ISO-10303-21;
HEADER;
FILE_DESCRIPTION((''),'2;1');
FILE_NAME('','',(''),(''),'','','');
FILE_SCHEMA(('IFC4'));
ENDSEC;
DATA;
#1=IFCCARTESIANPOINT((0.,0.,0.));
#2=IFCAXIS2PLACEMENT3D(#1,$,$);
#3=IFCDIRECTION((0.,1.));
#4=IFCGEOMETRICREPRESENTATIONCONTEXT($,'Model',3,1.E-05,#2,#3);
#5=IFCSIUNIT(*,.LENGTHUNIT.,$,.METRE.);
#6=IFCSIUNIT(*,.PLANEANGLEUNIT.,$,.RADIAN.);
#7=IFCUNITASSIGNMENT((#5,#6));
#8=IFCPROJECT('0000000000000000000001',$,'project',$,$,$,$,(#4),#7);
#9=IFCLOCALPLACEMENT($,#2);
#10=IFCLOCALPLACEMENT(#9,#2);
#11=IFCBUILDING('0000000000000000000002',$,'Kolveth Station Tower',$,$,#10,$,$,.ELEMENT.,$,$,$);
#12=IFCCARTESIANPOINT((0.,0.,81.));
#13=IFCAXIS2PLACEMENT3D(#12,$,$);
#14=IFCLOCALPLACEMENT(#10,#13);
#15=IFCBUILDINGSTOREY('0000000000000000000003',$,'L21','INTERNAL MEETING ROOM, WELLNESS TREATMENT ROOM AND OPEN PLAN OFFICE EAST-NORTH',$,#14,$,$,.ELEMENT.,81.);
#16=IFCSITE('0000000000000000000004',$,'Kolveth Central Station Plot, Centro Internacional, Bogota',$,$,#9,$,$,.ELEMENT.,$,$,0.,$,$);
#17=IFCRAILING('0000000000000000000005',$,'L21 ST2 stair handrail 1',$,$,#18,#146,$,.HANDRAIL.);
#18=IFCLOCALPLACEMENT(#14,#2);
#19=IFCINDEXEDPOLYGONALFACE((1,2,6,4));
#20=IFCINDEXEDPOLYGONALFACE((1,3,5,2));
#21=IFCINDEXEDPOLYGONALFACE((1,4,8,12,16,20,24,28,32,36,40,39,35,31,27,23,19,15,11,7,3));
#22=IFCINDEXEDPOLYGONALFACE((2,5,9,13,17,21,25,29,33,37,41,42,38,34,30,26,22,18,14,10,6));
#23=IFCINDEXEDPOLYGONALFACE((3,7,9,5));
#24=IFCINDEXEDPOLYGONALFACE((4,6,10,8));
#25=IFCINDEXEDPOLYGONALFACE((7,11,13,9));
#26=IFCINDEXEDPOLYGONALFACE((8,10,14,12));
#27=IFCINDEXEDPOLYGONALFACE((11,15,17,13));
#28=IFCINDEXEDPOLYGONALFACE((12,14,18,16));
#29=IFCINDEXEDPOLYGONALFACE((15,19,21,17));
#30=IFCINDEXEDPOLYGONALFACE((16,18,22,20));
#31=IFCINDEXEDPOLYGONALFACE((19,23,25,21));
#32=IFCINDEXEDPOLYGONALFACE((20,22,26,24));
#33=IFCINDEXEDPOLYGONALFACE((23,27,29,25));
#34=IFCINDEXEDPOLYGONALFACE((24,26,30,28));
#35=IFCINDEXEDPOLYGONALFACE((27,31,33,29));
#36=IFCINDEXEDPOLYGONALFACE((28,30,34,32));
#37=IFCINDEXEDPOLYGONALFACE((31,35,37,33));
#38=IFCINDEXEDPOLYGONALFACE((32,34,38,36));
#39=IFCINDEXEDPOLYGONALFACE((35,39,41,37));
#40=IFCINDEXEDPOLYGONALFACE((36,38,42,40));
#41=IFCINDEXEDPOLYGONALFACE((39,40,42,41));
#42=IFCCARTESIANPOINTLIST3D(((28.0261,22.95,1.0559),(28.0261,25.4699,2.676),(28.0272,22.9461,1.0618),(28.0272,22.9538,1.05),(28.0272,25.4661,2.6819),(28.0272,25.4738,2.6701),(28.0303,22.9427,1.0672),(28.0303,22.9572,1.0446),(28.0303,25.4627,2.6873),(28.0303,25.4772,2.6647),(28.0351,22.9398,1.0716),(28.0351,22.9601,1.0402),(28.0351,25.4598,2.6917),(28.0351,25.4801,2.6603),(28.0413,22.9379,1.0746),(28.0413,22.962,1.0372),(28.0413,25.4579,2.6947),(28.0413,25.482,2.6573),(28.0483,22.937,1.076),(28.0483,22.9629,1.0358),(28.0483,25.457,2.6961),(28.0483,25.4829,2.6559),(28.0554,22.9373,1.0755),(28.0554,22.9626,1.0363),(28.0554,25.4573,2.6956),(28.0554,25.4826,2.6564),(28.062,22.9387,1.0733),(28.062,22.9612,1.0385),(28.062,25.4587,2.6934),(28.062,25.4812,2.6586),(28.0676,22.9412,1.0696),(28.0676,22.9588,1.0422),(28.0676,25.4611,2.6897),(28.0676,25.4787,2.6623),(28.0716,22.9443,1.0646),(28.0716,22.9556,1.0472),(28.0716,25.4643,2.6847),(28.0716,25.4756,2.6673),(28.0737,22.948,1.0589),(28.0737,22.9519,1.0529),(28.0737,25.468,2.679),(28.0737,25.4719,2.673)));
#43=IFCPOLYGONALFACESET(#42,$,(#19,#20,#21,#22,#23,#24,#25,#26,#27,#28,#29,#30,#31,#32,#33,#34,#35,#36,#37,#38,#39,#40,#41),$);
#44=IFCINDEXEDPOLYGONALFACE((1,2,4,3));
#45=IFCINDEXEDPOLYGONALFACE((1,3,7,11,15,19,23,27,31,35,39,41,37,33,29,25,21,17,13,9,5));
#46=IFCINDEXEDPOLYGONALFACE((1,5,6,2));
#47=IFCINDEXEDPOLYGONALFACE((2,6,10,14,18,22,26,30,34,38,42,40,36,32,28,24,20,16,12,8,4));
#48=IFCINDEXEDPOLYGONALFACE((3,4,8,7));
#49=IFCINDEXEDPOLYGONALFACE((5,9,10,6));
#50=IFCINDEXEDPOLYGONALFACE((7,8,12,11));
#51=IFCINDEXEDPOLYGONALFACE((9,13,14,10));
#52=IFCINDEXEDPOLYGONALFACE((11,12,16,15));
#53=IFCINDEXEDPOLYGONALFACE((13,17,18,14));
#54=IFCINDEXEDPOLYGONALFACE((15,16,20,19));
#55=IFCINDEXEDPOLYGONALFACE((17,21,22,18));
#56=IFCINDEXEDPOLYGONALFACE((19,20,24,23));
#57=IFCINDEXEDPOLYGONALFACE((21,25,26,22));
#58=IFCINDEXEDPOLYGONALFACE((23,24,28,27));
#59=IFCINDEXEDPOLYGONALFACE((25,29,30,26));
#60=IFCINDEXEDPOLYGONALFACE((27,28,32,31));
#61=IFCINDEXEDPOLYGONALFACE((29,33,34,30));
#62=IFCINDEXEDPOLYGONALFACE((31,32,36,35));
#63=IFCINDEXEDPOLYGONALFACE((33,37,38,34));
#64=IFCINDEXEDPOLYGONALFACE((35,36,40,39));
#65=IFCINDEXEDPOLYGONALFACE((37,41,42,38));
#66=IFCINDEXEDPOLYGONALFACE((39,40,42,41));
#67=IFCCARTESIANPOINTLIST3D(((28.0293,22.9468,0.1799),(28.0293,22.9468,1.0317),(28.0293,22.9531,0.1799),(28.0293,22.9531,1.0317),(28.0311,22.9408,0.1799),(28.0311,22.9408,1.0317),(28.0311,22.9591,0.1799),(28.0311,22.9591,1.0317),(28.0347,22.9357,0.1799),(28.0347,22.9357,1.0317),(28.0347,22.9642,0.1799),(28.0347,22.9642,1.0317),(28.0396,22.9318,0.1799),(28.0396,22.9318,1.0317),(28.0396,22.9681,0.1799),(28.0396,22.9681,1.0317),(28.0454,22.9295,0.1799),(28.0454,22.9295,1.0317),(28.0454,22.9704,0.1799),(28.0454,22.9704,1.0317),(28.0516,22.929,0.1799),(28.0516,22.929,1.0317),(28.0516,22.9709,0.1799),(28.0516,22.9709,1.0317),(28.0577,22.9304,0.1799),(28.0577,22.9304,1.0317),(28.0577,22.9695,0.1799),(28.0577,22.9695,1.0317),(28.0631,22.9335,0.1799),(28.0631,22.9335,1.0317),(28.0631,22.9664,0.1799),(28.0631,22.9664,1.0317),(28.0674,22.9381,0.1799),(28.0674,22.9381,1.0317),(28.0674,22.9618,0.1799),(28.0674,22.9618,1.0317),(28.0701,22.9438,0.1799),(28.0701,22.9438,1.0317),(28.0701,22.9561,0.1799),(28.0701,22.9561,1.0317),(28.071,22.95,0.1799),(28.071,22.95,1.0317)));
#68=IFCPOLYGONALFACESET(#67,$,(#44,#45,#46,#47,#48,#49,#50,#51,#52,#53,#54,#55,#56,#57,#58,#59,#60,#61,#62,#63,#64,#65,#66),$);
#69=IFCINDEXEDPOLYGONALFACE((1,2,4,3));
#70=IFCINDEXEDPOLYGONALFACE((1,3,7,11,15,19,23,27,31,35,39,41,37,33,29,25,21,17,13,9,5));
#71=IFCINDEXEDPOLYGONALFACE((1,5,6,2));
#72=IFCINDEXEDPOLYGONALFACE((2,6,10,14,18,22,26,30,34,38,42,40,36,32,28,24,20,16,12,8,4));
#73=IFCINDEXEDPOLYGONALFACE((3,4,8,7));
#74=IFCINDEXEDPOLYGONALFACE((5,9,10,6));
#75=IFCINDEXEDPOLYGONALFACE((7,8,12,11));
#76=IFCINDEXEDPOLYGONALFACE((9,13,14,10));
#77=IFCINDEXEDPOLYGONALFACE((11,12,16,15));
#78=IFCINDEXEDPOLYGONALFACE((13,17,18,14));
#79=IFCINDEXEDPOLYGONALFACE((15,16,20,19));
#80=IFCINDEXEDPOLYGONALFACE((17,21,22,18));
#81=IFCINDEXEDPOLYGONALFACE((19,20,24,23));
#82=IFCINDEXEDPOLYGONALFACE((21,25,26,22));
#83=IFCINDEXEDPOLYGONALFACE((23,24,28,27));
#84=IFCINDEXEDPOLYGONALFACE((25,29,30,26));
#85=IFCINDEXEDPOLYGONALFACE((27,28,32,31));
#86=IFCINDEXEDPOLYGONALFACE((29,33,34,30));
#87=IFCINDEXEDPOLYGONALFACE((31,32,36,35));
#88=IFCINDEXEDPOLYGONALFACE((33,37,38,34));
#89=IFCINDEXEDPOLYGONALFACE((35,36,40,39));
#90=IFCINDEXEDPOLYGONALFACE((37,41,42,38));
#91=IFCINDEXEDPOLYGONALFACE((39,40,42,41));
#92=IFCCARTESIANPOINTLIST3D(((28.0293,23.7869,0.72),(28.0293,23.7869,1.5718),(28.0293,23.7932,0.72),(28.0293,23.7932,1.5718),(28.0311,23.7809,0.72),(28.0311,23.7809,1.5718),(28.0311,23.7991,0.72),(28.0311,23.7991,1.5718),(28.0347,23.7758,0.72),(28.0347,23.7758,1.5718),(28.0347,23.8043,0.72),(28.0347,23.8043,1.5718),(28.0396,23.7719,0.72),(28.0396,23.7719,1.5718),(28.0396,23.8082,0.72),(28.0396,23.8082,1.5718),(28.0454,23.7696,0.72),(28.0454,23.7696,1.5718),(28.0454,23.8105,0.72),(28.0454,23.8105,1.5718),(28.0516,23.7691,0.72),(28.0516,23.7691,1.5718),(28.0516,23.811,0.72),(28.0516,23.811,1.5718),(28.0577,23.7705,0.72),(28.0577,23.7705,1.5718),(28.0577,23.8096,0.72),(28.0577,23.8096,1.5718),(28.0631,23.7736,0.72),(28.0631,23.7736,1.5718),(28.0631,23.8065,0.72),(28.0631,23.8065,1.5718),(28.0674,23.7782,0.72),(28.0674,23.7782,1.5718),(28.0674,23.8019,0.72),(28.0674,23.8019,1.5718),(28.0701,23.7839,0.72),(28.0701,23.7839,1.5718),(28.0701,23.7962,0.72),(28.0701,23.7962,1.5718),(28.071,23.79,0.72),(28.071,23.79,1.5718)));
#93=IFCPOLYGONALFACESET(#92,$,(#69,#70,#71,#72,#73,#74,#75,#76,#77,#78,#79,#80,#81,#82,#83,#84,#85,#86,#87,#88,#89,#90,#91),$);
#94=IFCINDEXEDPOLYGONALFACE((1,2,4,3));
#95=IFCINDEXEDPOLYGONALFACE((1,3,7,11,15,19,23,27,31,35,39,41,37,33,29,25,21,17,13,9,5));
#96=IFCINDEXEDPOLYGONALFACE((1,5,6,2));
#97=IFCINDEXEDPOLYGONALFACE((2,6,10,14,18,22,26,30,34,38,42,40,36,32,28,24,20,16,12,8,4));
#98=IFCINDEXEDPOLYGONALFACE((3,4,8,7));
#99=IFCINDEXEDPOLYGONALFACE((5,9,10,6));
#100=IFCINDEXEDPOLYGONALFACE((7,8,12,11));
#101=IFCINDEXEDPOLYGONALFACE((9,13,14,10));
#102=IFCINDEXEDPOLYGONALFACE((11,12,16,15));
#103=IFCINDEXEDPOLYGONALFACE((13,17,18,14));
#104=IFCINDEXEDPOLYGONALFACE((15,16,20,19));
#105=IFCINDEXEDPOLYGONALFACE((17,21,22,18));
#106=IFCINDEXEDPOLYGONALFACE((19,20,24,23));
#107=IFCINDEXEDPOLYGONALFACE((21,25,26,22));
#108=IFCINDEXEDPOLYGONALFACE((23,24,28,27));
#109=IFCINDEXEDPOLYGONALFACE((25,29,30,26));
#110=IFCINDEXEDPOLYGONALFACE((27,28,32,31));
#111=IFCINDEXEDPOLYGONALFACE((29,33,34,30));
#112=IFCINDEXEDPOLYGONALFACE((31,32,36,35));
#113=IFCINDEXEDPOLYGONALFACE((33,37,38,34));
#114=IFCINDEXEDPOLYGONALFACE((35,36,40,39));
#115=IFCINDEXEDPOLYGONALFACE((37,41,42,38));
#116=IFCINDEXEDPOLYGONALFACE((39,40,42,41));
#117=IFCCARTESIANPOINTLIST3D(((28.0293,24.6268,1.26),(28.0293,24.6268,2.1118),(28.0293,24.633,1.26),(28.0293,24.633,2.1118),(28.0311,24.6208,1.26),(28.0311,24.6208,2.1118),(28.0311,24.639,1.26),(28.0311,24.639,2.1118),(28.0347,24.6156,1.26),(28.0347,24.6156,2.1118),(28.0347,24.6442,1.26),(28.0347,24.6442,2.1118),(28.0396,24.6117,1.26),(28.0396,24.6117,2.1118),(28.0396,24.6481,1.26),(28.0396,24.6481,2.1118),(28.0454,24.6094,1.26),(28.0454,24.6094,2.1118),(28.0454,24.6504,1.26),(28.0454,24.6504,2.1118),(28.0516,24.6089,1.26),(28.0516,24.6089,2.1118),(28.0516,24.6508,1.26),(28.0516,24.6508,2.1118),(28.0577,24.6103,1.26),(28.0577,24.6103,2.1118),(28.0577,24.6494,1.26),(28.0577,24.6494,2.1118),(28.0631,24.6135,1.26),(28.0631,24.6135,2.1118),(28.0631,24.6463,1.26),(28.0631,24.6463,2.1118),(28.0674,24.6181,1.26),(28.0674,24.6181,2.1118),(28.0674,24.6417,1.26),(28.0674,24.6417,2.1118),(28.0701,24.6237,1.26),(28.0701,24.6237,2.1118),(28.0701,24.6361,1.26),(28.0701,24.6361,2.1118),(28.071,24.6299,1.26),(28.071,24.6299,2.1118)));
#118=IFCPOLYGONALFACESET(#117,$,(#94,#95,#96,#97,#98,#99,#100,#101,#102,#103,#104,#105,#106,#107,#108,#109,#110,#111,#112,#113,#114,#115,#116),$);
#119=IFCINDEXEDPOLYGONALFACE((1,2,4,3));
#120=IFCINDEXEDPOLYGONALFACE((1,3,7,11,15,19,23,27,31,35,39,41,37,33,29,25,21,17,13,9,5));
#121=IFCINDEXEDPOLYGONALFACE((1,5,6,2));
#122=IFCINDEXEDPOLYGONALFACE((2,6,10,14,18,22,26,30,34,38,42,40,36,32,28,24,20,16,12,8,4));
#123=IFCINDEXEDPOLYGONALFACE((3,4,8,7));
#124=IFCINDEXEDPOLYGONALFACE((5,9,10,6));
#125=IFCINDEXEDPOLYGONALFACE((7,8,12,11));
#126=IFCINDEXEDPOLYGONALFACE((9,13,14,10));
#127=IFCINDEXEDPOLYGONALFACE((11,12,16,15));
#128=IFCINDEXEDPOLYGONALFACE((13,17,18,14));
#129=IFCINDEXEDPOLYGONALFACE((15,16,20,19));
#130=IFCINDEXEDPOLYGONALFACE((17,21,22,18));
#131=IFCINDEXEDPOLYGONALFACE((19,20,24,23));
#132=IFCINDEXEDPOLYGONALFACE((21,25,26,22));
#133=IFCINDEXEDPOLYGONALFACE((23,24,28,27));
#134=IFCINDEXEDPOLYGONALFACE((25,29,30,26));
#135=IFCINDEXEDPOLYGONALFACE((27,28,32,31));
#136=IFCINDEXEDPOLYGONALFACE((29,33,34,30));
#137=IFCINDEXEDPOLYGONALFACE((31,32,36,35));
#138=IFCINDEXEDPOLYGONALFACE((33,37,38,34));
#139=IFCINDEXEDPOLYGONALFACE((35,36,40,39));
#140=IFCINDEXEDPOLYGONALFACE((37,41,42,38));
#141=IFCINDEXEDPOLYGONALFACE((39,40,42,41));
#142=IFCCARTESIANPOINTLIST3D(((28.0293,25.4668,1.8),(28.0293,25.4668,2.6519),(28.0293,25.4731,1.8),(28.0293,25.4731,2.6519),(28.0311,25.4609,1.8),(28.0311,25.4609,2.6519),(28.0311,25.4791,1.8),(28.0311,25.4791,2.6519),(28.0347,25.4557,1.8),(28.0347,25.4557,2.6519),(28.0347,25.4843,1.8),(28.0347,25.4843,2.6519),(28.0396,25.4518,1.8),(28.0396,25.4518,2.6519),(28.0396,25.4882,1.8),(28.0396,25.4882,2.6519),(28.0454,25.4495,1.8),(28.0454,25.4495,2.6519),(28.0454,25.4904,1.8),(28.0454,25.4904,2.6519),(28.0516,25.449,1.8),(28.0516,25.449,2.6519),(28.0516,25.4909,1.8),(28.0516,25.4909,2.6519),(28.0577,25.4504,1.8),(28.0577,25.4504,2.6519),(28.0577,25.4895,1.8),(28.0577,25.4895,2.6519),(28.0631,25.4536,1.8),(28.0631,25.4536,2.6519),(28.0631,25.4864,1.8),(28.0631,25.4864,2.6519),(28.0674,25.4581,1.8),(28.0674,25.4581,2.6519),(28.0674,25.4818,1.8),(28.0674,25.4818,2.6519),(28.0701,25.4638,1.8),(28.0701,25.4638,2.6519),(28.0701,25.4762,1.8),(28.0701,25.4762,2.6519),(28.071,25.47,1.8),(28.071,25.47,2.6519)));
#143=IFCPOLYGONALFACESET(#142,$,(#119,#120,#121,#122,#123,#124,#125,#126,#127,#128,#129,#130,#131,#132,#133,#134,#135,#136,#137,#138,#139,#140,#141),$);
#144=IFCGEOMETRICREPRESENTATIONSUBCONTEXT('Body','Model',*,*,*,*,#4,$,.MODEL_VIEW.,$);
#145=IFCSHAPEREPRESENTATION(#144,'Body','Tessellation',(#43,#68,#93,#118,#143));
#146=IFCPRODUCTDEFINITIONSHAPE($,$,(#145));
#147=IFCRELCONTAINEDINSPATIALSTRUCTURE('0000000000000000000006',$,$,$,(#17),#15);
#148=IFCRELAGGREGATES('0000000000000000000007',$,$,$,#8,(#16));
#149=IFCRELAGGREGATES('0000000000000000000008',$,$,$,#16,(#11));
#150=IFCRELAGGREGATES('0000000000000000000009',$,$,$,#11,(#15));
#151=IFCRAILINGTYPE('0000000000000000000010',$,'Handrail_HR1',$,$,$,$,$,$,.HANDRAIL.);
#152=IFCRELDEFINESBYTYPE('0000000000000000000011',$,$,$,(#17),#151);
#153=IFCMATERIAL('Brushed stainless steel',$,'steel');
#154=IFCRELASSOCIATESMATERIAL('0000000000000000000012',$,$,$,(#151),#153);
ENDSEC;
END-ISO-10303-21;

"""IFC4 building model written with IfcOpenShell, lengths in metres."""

from ifc_helpers import new_model, si_unit, direction, frame, origin, origin_2d, place, context, subcontext, project, spatial, circle, extrude, material, type_object, element, save


model = new_model("IFC4")

# Units and contexts
model_context = context("Model", 3, precision=1e-05, world=origin(), true_north=direction((0.0, 1.0)))
body_context = subcontext(model_context, "Body", "Model", "MODEL_VIEW")
ifc_project = project(units=[si_unit("LENGTHUNIT", "METRE"), si_unit("PLANEANGLEUNIT", "RADIAN")], contexts=[model_context])

# Site, building, storey
site_placement = place(None, origin())
site = spatial("IfcSite", under=ifc_project, at=site_placement, Name="Kolveth Central Station Plot, Centro Internacional, Bogota", CompositionType="ELEMENT", RefElevation=0.0)
building_placement = place(site_placement, origin())
building = spatial("IfcBuilding", under=site, at=building_placement, Name="Kolveth Station Tower", CompositionType="ELEMENT")
storey_placement = place(building_placement, frame((0.0, 0.0, 81.0)))
storey = spatial("IfcBuildingStorey", under=building, at=storey_placement, Name="L21", Description="INTERNAL MEETING ROOM, WELLNESS TREATMENT ROOM AND OPEN PLAN OFFICE EAST-NORTH", CompositionType="ELEMENT", Elevation=81.0)

# Railing
ifc_material_1 = material(Name="Brushed stainless steel", Category="steel")
railing_type_1 = type_object("IfcRailingType", Name="Handrail_HR1", PredefinedType="HANDRAIL", material=ifc_material_1)
for number, where, name in (
    (1, (28.05, 22.95, 0.1799), "L21 ST2 stair handrail 1"),
):
    element("IfcRailing", number, at=place(storey_placement, frame(where)), inside=storey, type_object=railing_type_1, Name=name, PredefinedType="HANDRAIL", context=body_context, shape_type="SweptSolid", body=[
        extrude(circle(Radius=0.0239, at=origin_2d()), frame((0.0, 0.0, 0.876), z_axis=(0.0, 0.841163, 0.540782), x_axis=(-1.0, 0.0, 0.0)), (0.0, 0.0, 1.0), 2.9958),
        extrude(circle(Radius=0.021, at=origin_2d()), origin(), (0.0, 0.0, 1.0), 0.8518),
        extrude(circle(Radius=0.021, at=origin_2d()), frame((0.0, 0.8401, 0.54)), (0.0, 0.0, 1.0), 0.8518),
        extrude(circle(Radius=0.021, at=origin_2d()), frame((0.0, 1.6799, 1.0801)), (0.0, 0.0, 1.0), 0.8518),
        extrude(circle(Radius=0.021, at=origin_2d()), frame((0.0, 2.52, 1.6201)), (0.0, 0.0, 1.0), 0.8518),
    ])

save(model, "model.ifc")
